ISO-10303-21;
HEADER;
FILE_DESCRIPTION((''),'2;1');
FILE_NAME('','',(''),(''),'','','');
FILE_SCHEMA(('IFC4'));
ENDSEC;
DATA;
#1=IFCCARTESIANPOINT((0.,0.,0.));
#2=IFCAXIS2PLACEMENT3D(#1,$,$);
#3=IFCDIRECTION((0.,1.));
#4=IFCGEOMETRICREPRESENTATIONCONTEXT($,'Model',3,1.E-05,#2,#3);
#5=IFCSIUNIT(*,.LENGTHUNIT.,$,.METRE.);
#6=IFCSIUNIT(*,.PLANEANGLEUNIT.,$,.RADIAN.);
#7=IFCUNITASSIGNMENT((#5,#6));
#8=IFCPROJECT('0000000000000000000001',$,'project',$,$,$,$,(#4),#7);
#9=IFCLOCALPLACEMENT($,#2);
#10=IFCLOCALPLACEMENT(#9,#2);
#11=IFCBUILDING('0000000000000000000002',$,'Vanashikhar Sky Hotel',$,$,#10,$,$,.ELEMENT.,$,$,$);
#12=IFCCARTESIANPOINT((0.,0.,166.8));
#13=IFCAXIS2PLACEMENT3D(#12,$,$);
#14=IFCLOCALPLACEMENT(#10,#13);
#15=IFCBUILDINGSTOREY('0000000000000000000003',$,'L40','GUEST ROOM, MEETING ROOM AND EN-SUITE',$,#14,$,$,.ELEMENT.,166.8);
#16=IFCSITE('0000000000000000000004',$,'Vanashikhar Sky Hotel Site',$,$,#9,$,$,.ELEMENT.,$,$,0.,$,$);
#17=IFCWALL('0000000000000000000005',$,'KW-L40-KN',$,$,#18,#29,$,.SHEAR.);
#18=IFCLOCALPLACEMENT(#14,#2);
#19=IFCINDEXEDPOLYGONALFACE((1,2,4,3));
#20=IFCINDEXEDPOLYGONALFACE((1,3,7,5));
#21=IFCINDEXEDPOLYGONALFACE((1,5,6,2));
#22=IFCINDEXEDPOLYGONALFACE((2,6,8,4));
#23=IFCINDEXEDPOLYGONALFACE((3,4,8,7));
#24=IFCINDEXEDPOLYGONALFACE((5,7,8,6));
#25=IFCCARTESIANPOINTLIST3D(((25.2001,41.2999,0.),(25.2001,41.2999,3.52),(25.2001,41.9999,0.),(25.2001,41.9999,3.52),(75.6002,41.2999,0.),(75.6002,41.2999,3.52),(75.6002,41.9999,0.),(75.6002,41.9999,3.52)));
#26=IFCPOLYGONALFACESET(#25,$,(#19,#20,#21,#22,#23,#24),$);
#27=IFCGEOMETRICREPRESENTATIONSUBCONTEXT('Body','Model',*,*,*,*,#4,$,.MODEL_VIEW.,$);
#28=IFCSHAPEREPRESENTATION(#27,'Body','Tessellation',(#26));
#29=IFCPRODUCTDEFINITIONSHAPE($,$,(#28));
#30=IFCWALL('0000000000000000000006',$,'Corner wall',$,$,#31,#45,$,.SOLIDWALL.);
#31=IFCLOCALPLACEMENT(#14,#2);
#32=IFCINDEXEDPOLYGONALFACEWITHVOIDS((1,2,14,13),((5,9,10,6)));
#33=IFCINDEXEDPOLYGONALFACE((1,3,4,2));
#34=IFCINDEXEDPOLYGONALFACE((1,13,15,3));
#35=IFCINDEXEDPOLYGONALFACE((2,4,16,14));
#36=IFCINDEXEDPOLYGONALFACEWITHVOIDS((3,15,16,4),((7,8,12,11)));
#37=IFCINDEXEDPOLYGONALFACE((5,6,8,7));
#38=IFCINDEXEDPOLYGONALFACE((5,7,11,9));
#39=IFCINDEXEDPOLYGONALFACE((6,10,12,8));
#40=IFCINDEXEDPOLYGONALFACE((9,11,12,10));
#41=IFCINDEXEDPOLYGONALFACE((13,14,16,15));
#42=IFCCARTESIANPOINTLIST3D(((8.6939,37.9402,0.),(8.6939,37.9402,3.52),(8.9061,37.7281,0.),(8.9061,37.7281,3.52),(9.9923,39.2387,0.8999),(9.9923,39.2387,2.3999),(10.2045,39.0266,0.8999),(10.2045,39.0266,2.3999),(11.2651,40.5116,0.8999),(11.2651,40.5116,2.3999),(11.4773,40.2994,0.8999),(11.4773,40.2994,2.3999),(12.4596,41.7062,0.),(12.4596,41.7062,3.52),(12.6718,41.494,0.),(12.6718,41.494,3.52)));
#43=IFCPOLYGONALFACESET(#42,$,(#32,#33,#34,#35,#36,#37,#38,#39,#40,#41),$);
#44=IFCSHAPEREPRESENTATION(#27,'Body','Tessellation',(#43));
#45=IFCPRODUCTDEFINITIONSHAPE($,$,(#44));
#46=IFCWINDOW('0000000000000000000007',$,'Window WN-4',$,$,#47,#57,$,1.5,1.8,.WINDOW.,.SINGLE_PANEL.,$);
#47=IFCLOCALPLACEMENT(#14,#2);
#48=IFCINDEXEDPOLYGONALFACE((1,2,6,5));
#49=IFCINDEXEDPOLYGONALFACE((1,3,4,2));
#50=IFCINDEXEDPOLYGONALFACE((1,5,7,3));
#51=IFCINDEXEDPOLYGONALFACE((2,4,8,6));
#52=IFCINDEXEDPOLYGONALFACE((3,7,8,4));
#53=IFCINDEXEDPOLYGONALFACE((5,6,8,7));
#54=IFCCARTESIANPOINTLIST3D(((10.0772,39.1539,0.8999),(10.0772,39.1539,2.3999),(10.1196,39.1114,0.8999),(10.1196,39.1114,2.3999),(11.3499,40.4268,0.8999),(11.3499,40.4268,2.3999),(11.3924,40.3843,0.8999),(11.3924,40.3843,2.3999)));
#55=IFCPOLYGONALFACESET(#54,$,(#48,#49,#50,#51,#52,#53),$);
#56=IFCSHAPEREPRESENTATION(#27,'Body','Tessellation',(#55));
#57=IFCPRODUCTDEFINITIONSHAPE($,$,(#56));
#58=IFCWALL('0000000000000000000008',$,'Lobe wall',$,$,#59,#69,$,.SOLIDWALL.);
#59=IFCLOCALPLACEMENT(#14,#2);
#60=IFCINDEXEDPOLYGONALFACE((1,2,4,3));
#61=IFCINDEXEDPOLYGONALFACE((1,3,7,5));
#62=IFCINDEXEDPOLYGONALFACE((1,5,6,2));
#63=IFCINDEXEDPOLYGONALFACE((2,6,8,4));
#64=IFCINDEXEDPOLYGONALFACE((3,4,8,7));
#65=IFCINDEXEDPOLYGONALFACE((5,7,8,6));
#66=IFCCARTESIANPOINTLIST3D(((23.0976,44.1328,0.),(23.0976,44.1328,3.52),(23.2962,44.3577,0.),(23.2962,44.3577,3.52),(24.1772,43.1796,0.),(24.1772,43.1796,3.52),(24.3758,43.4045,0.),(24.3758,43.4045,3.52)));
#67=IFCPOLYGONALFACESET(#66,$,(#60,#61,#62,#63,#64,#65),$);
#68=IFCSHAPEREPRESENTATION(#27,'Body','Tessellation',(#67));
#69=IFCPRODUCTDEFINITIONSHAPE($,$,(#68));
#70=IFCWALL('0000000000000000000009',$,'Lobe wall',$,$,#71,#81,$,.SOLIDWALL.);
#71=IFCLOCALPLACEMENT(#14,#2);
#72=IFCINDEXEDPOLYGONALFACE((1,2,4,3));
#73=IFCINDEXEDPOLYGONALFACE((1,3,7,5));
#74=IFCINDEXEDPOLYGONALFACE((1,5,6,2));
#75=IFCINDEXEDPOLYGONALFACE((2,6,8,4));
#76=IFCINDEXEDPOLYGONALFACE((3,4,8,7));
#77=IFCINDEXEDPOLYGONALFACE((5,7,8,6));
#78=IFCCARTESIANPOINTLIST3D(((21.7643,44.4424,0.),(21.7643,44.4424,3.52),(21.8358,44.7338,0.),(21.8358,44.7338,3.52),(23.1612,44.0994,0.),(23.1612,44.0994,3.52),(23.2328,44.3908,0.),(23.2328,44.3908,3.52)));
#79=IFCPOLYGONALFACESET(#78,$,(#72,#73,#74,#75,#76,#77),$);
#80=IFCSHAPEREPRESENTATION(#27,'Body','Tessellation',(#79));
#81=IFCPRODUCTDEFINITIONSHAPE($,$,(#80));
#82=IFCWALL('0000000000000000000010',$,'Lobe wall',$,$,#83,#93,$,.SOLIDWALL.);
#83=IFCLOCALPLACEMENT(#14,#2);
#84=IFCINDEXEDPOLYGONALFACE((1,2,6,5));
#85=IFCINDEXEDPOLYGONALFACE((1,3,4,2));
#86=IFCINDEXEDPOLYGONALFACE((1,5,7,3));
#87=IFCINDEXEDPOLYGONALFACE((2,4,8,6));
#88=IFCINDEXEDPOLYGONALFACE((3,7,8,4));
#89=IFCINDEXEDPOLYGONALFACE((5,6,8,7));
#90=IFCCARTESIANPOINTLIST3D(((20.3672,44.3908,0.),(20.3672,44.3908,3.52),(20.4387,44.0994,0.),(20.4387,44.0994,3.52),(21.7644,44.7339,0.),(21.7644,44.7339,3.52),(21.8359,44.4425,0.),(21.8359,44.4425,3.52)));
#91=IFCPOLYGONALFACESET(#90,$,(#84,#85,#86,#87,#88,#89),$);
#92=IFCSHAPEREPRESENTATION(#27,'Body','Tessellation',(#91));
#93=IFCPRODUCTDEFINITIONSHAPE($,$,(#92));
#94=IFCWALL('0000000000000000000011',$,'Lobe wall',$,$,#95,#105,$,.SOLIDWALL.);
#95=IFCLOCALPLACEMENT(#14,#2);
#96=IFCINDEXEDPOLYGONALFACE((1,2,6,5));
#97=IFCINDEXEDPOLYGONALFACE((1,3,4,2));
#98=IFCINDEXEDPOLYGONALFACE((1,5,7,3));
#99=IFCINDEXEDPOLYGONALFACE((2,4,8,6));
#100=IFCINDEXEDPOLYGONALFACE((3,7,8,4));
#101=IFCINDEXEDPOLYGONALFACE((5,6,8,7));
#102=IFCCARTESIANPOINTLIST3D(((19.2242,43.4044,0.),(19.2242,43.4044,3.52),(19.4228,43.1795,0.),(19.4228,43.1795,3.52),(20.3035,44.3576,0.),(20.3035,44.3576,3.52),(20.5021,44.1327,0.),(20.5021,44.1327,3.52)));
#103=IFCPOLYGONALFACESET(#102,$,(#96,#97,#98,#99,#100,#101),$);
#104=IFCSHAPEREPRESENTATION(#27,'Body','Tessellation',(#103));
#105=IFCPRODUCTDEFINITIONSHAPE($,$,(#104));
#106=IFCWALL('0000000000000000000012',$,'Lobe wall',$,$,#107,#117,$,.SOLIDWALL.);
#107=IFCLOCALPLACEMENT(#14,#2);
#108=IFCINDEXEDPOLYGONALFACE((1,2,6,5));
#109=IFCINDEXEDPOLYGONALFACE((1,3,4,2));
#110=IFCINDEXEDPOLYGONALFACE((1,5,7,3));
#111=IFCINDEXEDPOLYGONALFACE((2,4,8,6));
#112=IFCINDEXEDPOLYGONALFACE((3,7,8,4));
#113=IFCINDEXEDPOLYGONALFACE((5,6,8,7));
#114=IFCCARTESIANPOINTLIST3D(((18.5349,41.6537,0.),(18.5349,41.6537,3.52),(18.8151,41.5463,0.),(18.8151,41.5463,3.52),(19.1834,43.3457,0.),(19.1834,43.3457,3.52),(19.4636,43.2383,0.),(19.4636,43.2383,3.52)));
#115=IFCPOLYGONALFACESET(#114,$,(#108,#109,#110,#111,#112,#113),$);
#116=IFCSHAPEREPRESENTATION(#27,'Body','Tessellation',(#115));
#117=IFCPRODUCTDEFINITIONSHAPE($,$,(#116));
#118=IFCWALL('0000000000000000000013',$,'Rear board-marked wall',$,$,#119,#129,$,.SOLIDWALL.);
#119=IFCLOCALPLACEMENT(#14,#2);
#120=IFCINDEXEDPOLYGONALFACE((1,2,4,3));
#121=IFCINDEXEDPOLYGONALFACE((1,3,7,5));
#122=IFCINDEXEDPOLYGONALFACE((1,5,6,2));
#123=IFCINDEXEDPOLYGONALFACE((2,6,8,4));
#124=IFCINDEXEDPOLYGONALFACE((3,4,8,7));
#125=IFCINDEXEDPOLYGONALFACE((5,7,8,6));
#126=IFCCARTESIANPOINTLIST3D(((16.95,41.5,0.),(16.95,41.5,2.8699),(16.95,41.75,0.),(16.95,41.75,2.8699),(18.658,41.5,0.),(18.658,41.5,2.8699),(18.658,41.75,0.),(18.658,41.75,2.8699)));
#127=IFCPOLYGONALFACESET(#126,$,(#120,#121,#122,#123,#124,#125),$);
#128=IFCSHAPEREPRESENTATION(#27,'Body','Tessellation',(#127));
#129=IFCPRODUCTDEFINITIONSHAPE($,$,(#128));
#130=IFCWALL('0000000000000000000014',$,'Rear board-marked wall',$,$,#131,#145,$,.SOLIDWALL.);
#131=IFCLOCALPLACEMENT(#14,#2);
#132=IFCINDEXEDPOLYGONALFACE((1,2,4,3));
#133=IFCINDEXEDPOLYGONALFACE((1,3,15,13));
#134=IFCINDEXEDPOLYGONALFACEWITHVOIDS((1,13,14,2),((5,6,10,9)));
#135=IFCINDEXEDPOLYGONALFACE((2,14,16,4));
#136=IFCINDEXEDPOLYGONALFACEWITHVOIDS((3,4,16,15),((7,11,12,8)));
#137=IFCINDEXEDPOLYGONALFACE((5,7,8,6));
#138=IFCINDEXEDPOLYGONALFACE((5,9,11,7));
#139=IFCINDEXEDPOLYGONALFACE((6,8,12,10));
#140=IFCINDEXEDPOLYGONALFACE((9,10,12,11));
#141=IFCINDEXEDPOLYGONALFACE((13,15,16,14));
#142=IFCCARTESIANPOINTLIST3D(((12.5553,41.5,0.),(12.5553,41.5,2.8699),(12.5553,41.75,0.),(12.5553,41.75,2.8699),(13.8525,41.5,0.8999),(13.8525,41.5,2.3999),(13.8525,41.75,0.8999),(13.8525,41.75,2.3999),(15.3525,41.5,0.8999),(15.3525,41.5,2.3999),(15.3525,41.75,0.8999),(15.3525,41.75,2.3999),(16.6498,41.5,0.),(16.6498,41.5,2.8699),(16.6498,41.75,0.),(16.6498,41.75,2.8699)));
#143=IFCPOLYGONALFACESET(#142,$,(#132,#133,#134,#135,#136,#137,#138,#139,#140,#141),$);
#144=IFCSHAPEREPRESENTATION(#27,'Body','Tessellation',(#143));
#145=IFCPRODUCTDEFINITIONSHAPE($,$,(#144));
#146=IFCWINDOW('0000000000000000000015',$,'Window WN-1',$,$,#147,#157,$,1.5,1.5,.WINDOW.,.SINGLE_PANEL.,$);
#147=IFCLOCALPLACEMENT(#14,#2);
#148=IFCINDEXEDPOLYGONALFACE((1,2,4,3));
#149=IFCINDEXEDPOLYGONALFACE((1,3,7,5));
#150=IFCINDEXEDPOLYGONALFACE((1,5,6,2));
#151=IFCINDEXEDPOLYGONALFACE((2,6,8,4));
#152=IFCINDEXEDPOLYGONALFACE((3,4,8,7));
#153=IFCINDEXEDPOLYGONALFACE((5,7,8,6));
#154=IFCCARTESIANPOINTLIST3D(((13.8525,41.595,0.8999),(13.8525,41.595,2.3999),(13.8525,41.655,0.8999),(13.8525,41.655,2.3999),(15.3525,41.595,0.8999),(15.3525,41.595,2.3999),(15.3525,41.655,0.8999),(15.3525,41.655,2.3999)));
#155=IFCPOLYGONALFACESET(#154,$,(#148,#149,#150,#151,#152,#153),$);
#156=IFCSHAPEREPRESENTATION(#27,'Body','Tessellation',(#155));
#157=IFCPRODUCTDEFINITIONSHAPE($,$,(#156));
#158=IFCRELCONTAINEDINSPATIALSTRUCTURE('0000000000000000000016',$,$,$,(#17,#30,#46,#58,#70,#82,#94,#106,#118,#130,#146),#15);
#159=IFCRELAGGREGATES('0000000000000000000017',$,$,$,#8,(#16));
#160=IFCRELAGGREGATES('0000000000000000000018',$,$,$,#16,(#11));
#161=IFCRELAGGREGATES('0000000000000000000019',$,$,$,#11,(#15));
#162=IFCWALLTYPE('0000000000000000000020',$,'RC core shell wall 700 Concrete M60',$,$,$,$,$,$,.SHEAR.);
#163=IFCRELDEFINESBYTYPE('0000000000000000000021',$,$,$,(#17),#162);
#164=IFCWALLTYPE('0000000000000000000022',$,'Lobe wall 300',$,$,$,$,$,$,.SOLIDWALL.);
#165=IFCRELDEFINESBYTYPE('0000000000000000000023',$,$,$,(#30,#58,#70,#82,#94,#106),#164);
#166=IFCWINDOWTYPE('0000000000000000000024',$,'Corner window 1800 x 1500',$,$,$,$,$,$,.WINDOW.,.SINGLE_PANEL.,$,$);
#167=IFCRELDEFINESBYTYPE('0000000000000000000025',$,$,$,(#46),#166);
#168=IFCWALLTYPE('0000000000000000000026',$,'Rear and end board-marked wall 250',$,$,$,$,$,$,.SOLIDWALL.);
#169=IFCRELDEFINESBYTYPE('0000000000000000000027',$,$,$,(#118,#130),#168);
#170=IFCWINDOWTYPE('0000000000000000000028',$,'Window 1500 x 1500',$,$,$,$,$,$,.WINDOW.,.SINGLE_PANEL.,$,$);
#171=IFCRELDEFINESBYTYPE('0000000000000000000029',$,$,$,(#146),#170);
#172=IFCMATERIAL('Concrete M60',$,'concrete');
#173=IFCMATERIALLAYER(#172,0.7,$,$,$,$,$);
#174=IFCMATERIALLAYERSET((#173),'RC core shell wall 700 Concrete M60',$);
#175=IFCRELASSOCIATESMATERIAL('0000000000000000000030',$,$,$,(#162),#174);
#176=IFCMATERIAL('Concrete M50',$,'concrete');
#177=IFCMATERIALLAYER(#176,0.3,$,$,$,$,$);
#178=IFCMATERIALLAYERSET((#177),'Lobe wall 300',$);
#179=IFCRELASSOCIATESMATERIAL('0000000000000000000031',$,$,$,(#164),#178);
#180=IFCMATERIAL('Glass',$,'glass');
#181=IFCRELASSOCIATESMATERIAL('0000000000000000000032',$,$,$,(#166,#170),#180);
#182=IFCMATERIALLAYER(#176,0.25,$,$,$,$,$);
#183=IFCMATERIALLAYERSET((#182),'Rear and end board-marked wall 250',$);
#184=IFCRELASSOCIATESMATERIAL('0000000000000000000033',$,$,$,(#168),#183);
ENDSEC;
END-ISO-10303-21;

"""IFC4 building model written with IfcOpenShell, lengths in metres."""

from ifc_helpers import new_model, si_unit, direction, frame, frame_2d, origin, place, context, subcontext, project, spatial, rectangle, extrude, source, transform, mapped, material, layer, layer_set, type_object, element, fill, save


model = new_model("IFC4")

# Units and contexts
model_context = context("Model", 3, precision=1e-05, world=origin(), true_north=direction((0.0, 1.0)))
body_context = subcontext(model_context, "Body", "Model", "MODEL_VIEW")
ifc_project = project(units=[si_unit("LENGTHUNIT", "METRE"), si_unit("PLANEANGLEUNIT", "RADIAN")], contexts=[model_context])

# Site, building, storey
site_placement = place(None, origin())
site = spatial("IfcSite", under=ifc_project, at=site_placement, Name="Vanashikhar Sky Hotel Site", CompositionType="ELEMENT", RefElevation=0.0)
building_placement = place(site_placement, origin())
building = spatial("IfcBuilding", under=site, at=building_placement, Name="Vanashikhar Sky Hotel", CompositionType="ELEMENT")
storey_placement = place(building_placement, frame((0.0, 0.0, 166.8)))
storey = spatial("IfcBuildingStorey", under=building, at=storey_placement, Name="L40", Description="GUEST ROOM, MEETING ROOM AND EN-SUITE", CompositionType="ELEMENT", Elevation=166.8)

# Wall
ifc_material_1 = material(Name="Concrete M60", Category="concrete")
ifc_layer_1 = layer(ifc_material_1, 0.7)
ifc_layer_set_1 = layer_set([ifc_layer_1], Name="RC core shell wall 700 Concrete M60")
wall_type_1 = type_object("IfcWallType", Name="RC core shell wall 700 Concrete M60", PredefinedType="SHEAR", material=ifc_layer_set_1)
shared_shape_1 = source(origin(), body_context, "Body", "SweptSolid", [
    extrude(rectangle(XDim=50.4001, YDim=0.7, at=frame_2d((25.2002, 0.0))), origin(), (0.0, 0.0, 1.0), 3.52),
])
wall_1_placement = place(storey_placement, frame((25.2, 41.6499, 0.0), z_axis=(0.0, 0.0, 1.0), x_axis=(1.0, 0.0, 0.0)))
element("IfcWall", 1, at=wall_1_placement, inside=storey, type_object=wall_type_1, Name="KW-L40-KN", PredefinedType="SHEAR", context=body_context, shape_type="MappedRepresentation", body=[
    mapped(shared_shape_1, transform((0.0, 0.0, 0.0), scale=1.0)),
])

# Wall, opening, window
ifc_material_2 = material(Name="Concrete M50", Category="concrete")
ifc_layer_2 = layer(ifc_material_2, 0.3)
ifc_layer_set_2 = layer_set([ifc_layer_2], Name="Lobe wall 300")
wall_type_2 = type_object("IfcWallType", Name="Lobe wall 300", PredefinedType="SOLIDWALL", material=ifc_layer_set_2)
shared_shape_2 = source(origin(), body_context, "Body", "SweptSolid", [
    extrude(rectangle(XDim=5.3257, YDim=0.3, at=frame_2d((2.6628, 0.0))), origin(), (0.0, 0.0, 1.0), 3.52),
])
wall_2_placement = place(storey_placement, frame((12.5657, 41.6001, 0.0), z_axis=(0.0, 0.0, 1.0), x_axis=(-0.707084, -0.70713, 0.0)))
wall_2 = element("IfcWall", 2, at=wall_2_placement, inside=storey, type_object=wall_type_2, Name="Corner wall", PredefinedType="SOLIDWALL", context=body_context, shape_type="MappedRepresentation", body=[
    mapped(shared_shape_2, transform((0.0, 0.0, 0.0), scale=1.0)),
])
shared_shape_3 = source(origin(), body_context, "Body", "SweptSolid", [
    extrude(rectangle(XDim=1.8, YDim=1.5, at=frame_2d((0.8999, 0.75))), frame((0.0, 0.1602, 0.0), z_axis=(0.0, -1.0, 0.0), x_axis=(1.0, 0.0, 0.0)), (0.0, 0.0, 1.0), 0.3201),
])
opening_1_placement = place(wall_2_placement, frame((1.6895, 0.0, 0.8999)))
opening_1 = element("IfcOpeningElement", 3, at=opening_1_placement, cuts=wall_2, PredefinedType="OPENING", context=body_context, shape_type="MappedRepresentation", body=[
    mapped(shared_shape_3, transform((0.0, 0.0, 0.0), scale=1.0)),
])
ifc_material_3 = material(Name="Glass", Category="glass")
window_type_1 = type_object("IfcWindowType", Name="Corner window 1800 x 1500", PartitioningType="SINGLE_PANEL", PredefinedType="WINDOW", material=ifc_material_3)
shared_shape_4 = source(origin(), body_context, "Body", "SweptSolid", [
    extrude(rectangle(XDim=1.8, YDim=1.5, at=frame_2d((0.8999, 0.75))), frame((0.0, 0.03, 0.0), z_axis=(0.0, -1.0, 0.0), x_axis=(1.0, 0.0, 0.0)), (0.0, 0.0, 1.0), 0.0601),
])
window_1_placement = place(opening_1_placement, origin())
window_1 = element("IfcWindow", 4, at=window_1_placement, inside=storey, type_object=window_type_1, Name="Window WN-4", OverallHeight=1.5, OverallWidth=1.8, PartitioningType="SINGLE_PANEL", PredefinedType="WINDOW", context=body_context, shape_type="MappedRepresentation", body=[
    mapped(shared_shape_4, transform((0.0, 0.0, 0.0), scale=1.0)),
])
fill(opening_1, window_1)

# Walls
shared_shape_5 = source(origin(), body_context, "Body", "SweptSolid", [
    extrude(rectangle(XDim=1.4402, YDim=0.3, at=frame_2d((0.7202, 0.0))), origin(), (0.0, 0.0, 1.0), 3.52),
])
wall_3_placement = place(storey_placement, frame((24.2766, 43.292, 0.0), z_axis=(0.0, 0.0, 1.0), x_axis=(-0.74965, 0.661835, 0.0)))
element("IfcWall", 5, at=wall_3_placement, inside=storey, type_object=wall_type_2, Name="Lobe wall", PredefinedType="SOLIDWALL", context=body_context, shape_type="MappedRepresentation", body=[
    mapped(shared_shape_5, transform((0.0, 0.0, 0.0), scale=1.0)),
])
shared_shape_6 = source(origin(), body_context, "Body", "SweptSolid", [
    extrude(rectangle(XDim=1.4385, YDim=0.3, at=frame_2d((0.7192, 0.0))), origin(), (0.0, 0.0, 1.0), 3.52),
])
wall_4_placement = place(storey_placement, frame((23.197, 44.2451, 0.0), z_axis=(0.0, 0.0, 1.0), x_axis=(-0.971152, 0.23846, 0.0)))
element("IfcWall", 6, at=wall_4_placement, inside=storey, type_object=wall_type_2, Name="Lobe wall", PredefinedType="SOLIDWALL", context=body_context, shape_type="MappedRepresentation", body=[
    mapped(shared_shape_6, transform((0.0, 0.0, 0.0), scale=1.0)),
])
shared_shape_7 = source(origin(), body_context, "Body", "SweptSolid", [
    extrude(rectangle(XDim=1.4387, YDim=0.3, at=frame_2d((0.7192, 0.0))), origin(), (0.0, 0.0, 1.0), 3.52),
])
wall_5_placement = place(storey_placement, frame((21.8, 44.5881, 0.0), z_axis=(0.0, 0.0, 1.0), x_axis=(-0.971162, -0.238421, 0.0)))
element("IfcWall", 7, at=wall_5_placement, inside=storey, type_object=wall_type_2, Name="Lobe wall", PredefinedType="SOLIDWALL", context=body_context, shape_type="MappedRepresentation", body=[
    mapped(shared_shape_7, transform((0.0, 0.0, 0.0), scale=1.0)),
])
shared_shape_8 = source(origin(), body_context, "Body", "SweptSolid", [
    extrude(rectangle(XDim=1.4399, YDim=0.3, at=frame_2d((0.72, 0.0))), origin(), (0.0, 0.0, 1.0), 3.52),
])
wall_6_placement = place(storey_placement, frame((20.4028, 44.2451, 0.0), z_axis=(0.0, 0.0, 1.0), x_axis=(-0.749576, -0.661919, 0.0)))
element("IfcWall", 8, at=wall_6_placement, inside=storey, type_object=wall_type_2, Name="Lobe wall", PredefinedType="SOLIDWALL", context=body_context, shape_type="MappedRepresentation", body=[
    mapped(shared_shape_8, transform((0.0, 0.0, 0.0), scale=1.0)),
])
shared_shape_9 = source(origin(), body_context, "Body", "SweptSolid", [
    extrude(rectangle(XDim=1.812, YDim=0.3, at=frame_2d((0.906, 0.0))), origin(), (0.0, 0.0, 1.0), 3.52),
])
wall_7_placement = place(storey_placement, frame((19.3235, 43.292, 0.0), z_axis=(0.0, 0.0, 1.0), x_axis=(-0.357877, -0.933769, 0.0)))
element("IfcWall", 9, at=wall_7_placement, inside=storey, type_object=wall_type_2, Name="Lobe wall", PredefinedType="SOLIDWALL", context=body_context, shape_type="MappedRepresentation", body=[
    mapped(shared_shape_9, transform((0.0, 0.0, 0.0), scale=1.0)),
])
ifc_layer_3 = layer(ifc_material_2, 0.25)
ifc_layer_set_3 = layer_set([ifc_layer_3], Name="Rear and end board-marked wall 250")
wall_type_3 = type_object("IfcWallType", Name="Rear and end board-marked wall 250", PredefinedType="SOLIDWALL", material=ifc_layer_set_3)
shared_shape_10 = source(origin(), body_context, "Body", "SweptSolid", [
    extrude(rectangle(XDim=1.708, YDim=0.25, at=frame_2d((0.854, 0.0))), origin(), (0.0, 0.0, 1.0), 2.8699),
])
wall_8_placement = place(storey_placement, frame((18.658, 41.625, 0.0), z_axis=(0.0, 0.0, 1.0), x_axis=(-1.0, 0.0, 0.0)))
element("IfcWall", 10, at=wall_8_placement, inside=storey, type_object=wall_type_3, Name="Rear board-marked wall", PredefinedType="SOLIDWALL", context=body_context, shape_type="MappedRepresentation", body=[
    mapped(shared_shape_10, transform((0.0, 0.0, 0.0), scale=1.0)),
])

# Wall, opening, window
shared_shape_11 = source(origin(), body_context, "Body", "SweptSolid", [
    extrude(rectangle(XDim=4.0945, YDim=0.25, at=frame_2d((2.0474, 0.0))), origin(), (0.0, 0.0, 1.0), 2.8699),
])
wall_9_placement = place(storey_placement, frame((16.6499, 41.625, 0.0), z_axis=(0.0, 0.0, 1.0), x_axis=(-1.0, 0.0, 0.0)))
wall_9 = element("IfcWall", 11, at=wall_9_placement, inside=storey, type_object=wall_type_3, Name="Rear board-marked wall", PredefinedType="SOLIDWALL", context=body_context, shape_type="MappedRepresentation", body=[
    mapped(shared_shape_11, transform((0.0, 0.0, 0.0), scale=1.0)),
])
shared_shape_12 = source(origin(), body_context, "Body", "SweptSolid", [
    extrude(rectangle(XDim=1.5, YDim=1.5, at=frame_2d((0.75, 0.75))), frame((0.0, 0.135, 0.0), z_axis=(0.0, -1.0, 0.0), x_axis=(1.0, 0.0, 0.0)), (0.0, 0.0, 1.0), 0.27),
])
opening_2_placement = place(wall_9_placement, frame((1.2974, 0.0, 0.8999)))
opening_2 = element("IfcOpeningElement", 12, at=opening_2_placement, cuts=wall_9, PredefinedType="OPENING", context=body_context, shape_type="MappedRepresentation", body=[
    mapped(shared_shape_12, transform((0.0, 0.0, 0.0), scale=1.0)),
])
window_type_2 = type_object("IfcWindowType", Name="Window 1500 x 1500", PartitioningType="SINGLE_PANEL", PredefinedType="WINDOW", material=ifc_material_3)
shared_shape_13 = source(origin(), body_context, "Body", "SweptSolid", [
    extrude(rectangle(XDim=1.5, YDim=1.5, at=frame_2d((0.75, 0.75))), frame((0.0, 0.03, 0.0), z_axis=(0.0, -1.0, 0.0), x_axis=(1.0, 0.0, 0.0)), (0.0, 0.0, 1.0), 0.0601),
])
window_2_placement = place(opening_2_placement, origin())
window_2 = element("IfcWindow", 13, at=window_2_placement, inside=storey, type_object=window_type_2, Name="Window WN-1", OverallHeight=1.5, OverallWidth=1.5, PartitioningType="SINGLE_PANEL", PredefinedType="WINDOW", context=body_context, shape_type="MappedRepresentation", body=[
    mapped(shared_shape_13, transform((0.0, 0.0, 0.0), scale=1.0)),
])
fill(opening_2, window_2)

save(model, "model.ifc")
